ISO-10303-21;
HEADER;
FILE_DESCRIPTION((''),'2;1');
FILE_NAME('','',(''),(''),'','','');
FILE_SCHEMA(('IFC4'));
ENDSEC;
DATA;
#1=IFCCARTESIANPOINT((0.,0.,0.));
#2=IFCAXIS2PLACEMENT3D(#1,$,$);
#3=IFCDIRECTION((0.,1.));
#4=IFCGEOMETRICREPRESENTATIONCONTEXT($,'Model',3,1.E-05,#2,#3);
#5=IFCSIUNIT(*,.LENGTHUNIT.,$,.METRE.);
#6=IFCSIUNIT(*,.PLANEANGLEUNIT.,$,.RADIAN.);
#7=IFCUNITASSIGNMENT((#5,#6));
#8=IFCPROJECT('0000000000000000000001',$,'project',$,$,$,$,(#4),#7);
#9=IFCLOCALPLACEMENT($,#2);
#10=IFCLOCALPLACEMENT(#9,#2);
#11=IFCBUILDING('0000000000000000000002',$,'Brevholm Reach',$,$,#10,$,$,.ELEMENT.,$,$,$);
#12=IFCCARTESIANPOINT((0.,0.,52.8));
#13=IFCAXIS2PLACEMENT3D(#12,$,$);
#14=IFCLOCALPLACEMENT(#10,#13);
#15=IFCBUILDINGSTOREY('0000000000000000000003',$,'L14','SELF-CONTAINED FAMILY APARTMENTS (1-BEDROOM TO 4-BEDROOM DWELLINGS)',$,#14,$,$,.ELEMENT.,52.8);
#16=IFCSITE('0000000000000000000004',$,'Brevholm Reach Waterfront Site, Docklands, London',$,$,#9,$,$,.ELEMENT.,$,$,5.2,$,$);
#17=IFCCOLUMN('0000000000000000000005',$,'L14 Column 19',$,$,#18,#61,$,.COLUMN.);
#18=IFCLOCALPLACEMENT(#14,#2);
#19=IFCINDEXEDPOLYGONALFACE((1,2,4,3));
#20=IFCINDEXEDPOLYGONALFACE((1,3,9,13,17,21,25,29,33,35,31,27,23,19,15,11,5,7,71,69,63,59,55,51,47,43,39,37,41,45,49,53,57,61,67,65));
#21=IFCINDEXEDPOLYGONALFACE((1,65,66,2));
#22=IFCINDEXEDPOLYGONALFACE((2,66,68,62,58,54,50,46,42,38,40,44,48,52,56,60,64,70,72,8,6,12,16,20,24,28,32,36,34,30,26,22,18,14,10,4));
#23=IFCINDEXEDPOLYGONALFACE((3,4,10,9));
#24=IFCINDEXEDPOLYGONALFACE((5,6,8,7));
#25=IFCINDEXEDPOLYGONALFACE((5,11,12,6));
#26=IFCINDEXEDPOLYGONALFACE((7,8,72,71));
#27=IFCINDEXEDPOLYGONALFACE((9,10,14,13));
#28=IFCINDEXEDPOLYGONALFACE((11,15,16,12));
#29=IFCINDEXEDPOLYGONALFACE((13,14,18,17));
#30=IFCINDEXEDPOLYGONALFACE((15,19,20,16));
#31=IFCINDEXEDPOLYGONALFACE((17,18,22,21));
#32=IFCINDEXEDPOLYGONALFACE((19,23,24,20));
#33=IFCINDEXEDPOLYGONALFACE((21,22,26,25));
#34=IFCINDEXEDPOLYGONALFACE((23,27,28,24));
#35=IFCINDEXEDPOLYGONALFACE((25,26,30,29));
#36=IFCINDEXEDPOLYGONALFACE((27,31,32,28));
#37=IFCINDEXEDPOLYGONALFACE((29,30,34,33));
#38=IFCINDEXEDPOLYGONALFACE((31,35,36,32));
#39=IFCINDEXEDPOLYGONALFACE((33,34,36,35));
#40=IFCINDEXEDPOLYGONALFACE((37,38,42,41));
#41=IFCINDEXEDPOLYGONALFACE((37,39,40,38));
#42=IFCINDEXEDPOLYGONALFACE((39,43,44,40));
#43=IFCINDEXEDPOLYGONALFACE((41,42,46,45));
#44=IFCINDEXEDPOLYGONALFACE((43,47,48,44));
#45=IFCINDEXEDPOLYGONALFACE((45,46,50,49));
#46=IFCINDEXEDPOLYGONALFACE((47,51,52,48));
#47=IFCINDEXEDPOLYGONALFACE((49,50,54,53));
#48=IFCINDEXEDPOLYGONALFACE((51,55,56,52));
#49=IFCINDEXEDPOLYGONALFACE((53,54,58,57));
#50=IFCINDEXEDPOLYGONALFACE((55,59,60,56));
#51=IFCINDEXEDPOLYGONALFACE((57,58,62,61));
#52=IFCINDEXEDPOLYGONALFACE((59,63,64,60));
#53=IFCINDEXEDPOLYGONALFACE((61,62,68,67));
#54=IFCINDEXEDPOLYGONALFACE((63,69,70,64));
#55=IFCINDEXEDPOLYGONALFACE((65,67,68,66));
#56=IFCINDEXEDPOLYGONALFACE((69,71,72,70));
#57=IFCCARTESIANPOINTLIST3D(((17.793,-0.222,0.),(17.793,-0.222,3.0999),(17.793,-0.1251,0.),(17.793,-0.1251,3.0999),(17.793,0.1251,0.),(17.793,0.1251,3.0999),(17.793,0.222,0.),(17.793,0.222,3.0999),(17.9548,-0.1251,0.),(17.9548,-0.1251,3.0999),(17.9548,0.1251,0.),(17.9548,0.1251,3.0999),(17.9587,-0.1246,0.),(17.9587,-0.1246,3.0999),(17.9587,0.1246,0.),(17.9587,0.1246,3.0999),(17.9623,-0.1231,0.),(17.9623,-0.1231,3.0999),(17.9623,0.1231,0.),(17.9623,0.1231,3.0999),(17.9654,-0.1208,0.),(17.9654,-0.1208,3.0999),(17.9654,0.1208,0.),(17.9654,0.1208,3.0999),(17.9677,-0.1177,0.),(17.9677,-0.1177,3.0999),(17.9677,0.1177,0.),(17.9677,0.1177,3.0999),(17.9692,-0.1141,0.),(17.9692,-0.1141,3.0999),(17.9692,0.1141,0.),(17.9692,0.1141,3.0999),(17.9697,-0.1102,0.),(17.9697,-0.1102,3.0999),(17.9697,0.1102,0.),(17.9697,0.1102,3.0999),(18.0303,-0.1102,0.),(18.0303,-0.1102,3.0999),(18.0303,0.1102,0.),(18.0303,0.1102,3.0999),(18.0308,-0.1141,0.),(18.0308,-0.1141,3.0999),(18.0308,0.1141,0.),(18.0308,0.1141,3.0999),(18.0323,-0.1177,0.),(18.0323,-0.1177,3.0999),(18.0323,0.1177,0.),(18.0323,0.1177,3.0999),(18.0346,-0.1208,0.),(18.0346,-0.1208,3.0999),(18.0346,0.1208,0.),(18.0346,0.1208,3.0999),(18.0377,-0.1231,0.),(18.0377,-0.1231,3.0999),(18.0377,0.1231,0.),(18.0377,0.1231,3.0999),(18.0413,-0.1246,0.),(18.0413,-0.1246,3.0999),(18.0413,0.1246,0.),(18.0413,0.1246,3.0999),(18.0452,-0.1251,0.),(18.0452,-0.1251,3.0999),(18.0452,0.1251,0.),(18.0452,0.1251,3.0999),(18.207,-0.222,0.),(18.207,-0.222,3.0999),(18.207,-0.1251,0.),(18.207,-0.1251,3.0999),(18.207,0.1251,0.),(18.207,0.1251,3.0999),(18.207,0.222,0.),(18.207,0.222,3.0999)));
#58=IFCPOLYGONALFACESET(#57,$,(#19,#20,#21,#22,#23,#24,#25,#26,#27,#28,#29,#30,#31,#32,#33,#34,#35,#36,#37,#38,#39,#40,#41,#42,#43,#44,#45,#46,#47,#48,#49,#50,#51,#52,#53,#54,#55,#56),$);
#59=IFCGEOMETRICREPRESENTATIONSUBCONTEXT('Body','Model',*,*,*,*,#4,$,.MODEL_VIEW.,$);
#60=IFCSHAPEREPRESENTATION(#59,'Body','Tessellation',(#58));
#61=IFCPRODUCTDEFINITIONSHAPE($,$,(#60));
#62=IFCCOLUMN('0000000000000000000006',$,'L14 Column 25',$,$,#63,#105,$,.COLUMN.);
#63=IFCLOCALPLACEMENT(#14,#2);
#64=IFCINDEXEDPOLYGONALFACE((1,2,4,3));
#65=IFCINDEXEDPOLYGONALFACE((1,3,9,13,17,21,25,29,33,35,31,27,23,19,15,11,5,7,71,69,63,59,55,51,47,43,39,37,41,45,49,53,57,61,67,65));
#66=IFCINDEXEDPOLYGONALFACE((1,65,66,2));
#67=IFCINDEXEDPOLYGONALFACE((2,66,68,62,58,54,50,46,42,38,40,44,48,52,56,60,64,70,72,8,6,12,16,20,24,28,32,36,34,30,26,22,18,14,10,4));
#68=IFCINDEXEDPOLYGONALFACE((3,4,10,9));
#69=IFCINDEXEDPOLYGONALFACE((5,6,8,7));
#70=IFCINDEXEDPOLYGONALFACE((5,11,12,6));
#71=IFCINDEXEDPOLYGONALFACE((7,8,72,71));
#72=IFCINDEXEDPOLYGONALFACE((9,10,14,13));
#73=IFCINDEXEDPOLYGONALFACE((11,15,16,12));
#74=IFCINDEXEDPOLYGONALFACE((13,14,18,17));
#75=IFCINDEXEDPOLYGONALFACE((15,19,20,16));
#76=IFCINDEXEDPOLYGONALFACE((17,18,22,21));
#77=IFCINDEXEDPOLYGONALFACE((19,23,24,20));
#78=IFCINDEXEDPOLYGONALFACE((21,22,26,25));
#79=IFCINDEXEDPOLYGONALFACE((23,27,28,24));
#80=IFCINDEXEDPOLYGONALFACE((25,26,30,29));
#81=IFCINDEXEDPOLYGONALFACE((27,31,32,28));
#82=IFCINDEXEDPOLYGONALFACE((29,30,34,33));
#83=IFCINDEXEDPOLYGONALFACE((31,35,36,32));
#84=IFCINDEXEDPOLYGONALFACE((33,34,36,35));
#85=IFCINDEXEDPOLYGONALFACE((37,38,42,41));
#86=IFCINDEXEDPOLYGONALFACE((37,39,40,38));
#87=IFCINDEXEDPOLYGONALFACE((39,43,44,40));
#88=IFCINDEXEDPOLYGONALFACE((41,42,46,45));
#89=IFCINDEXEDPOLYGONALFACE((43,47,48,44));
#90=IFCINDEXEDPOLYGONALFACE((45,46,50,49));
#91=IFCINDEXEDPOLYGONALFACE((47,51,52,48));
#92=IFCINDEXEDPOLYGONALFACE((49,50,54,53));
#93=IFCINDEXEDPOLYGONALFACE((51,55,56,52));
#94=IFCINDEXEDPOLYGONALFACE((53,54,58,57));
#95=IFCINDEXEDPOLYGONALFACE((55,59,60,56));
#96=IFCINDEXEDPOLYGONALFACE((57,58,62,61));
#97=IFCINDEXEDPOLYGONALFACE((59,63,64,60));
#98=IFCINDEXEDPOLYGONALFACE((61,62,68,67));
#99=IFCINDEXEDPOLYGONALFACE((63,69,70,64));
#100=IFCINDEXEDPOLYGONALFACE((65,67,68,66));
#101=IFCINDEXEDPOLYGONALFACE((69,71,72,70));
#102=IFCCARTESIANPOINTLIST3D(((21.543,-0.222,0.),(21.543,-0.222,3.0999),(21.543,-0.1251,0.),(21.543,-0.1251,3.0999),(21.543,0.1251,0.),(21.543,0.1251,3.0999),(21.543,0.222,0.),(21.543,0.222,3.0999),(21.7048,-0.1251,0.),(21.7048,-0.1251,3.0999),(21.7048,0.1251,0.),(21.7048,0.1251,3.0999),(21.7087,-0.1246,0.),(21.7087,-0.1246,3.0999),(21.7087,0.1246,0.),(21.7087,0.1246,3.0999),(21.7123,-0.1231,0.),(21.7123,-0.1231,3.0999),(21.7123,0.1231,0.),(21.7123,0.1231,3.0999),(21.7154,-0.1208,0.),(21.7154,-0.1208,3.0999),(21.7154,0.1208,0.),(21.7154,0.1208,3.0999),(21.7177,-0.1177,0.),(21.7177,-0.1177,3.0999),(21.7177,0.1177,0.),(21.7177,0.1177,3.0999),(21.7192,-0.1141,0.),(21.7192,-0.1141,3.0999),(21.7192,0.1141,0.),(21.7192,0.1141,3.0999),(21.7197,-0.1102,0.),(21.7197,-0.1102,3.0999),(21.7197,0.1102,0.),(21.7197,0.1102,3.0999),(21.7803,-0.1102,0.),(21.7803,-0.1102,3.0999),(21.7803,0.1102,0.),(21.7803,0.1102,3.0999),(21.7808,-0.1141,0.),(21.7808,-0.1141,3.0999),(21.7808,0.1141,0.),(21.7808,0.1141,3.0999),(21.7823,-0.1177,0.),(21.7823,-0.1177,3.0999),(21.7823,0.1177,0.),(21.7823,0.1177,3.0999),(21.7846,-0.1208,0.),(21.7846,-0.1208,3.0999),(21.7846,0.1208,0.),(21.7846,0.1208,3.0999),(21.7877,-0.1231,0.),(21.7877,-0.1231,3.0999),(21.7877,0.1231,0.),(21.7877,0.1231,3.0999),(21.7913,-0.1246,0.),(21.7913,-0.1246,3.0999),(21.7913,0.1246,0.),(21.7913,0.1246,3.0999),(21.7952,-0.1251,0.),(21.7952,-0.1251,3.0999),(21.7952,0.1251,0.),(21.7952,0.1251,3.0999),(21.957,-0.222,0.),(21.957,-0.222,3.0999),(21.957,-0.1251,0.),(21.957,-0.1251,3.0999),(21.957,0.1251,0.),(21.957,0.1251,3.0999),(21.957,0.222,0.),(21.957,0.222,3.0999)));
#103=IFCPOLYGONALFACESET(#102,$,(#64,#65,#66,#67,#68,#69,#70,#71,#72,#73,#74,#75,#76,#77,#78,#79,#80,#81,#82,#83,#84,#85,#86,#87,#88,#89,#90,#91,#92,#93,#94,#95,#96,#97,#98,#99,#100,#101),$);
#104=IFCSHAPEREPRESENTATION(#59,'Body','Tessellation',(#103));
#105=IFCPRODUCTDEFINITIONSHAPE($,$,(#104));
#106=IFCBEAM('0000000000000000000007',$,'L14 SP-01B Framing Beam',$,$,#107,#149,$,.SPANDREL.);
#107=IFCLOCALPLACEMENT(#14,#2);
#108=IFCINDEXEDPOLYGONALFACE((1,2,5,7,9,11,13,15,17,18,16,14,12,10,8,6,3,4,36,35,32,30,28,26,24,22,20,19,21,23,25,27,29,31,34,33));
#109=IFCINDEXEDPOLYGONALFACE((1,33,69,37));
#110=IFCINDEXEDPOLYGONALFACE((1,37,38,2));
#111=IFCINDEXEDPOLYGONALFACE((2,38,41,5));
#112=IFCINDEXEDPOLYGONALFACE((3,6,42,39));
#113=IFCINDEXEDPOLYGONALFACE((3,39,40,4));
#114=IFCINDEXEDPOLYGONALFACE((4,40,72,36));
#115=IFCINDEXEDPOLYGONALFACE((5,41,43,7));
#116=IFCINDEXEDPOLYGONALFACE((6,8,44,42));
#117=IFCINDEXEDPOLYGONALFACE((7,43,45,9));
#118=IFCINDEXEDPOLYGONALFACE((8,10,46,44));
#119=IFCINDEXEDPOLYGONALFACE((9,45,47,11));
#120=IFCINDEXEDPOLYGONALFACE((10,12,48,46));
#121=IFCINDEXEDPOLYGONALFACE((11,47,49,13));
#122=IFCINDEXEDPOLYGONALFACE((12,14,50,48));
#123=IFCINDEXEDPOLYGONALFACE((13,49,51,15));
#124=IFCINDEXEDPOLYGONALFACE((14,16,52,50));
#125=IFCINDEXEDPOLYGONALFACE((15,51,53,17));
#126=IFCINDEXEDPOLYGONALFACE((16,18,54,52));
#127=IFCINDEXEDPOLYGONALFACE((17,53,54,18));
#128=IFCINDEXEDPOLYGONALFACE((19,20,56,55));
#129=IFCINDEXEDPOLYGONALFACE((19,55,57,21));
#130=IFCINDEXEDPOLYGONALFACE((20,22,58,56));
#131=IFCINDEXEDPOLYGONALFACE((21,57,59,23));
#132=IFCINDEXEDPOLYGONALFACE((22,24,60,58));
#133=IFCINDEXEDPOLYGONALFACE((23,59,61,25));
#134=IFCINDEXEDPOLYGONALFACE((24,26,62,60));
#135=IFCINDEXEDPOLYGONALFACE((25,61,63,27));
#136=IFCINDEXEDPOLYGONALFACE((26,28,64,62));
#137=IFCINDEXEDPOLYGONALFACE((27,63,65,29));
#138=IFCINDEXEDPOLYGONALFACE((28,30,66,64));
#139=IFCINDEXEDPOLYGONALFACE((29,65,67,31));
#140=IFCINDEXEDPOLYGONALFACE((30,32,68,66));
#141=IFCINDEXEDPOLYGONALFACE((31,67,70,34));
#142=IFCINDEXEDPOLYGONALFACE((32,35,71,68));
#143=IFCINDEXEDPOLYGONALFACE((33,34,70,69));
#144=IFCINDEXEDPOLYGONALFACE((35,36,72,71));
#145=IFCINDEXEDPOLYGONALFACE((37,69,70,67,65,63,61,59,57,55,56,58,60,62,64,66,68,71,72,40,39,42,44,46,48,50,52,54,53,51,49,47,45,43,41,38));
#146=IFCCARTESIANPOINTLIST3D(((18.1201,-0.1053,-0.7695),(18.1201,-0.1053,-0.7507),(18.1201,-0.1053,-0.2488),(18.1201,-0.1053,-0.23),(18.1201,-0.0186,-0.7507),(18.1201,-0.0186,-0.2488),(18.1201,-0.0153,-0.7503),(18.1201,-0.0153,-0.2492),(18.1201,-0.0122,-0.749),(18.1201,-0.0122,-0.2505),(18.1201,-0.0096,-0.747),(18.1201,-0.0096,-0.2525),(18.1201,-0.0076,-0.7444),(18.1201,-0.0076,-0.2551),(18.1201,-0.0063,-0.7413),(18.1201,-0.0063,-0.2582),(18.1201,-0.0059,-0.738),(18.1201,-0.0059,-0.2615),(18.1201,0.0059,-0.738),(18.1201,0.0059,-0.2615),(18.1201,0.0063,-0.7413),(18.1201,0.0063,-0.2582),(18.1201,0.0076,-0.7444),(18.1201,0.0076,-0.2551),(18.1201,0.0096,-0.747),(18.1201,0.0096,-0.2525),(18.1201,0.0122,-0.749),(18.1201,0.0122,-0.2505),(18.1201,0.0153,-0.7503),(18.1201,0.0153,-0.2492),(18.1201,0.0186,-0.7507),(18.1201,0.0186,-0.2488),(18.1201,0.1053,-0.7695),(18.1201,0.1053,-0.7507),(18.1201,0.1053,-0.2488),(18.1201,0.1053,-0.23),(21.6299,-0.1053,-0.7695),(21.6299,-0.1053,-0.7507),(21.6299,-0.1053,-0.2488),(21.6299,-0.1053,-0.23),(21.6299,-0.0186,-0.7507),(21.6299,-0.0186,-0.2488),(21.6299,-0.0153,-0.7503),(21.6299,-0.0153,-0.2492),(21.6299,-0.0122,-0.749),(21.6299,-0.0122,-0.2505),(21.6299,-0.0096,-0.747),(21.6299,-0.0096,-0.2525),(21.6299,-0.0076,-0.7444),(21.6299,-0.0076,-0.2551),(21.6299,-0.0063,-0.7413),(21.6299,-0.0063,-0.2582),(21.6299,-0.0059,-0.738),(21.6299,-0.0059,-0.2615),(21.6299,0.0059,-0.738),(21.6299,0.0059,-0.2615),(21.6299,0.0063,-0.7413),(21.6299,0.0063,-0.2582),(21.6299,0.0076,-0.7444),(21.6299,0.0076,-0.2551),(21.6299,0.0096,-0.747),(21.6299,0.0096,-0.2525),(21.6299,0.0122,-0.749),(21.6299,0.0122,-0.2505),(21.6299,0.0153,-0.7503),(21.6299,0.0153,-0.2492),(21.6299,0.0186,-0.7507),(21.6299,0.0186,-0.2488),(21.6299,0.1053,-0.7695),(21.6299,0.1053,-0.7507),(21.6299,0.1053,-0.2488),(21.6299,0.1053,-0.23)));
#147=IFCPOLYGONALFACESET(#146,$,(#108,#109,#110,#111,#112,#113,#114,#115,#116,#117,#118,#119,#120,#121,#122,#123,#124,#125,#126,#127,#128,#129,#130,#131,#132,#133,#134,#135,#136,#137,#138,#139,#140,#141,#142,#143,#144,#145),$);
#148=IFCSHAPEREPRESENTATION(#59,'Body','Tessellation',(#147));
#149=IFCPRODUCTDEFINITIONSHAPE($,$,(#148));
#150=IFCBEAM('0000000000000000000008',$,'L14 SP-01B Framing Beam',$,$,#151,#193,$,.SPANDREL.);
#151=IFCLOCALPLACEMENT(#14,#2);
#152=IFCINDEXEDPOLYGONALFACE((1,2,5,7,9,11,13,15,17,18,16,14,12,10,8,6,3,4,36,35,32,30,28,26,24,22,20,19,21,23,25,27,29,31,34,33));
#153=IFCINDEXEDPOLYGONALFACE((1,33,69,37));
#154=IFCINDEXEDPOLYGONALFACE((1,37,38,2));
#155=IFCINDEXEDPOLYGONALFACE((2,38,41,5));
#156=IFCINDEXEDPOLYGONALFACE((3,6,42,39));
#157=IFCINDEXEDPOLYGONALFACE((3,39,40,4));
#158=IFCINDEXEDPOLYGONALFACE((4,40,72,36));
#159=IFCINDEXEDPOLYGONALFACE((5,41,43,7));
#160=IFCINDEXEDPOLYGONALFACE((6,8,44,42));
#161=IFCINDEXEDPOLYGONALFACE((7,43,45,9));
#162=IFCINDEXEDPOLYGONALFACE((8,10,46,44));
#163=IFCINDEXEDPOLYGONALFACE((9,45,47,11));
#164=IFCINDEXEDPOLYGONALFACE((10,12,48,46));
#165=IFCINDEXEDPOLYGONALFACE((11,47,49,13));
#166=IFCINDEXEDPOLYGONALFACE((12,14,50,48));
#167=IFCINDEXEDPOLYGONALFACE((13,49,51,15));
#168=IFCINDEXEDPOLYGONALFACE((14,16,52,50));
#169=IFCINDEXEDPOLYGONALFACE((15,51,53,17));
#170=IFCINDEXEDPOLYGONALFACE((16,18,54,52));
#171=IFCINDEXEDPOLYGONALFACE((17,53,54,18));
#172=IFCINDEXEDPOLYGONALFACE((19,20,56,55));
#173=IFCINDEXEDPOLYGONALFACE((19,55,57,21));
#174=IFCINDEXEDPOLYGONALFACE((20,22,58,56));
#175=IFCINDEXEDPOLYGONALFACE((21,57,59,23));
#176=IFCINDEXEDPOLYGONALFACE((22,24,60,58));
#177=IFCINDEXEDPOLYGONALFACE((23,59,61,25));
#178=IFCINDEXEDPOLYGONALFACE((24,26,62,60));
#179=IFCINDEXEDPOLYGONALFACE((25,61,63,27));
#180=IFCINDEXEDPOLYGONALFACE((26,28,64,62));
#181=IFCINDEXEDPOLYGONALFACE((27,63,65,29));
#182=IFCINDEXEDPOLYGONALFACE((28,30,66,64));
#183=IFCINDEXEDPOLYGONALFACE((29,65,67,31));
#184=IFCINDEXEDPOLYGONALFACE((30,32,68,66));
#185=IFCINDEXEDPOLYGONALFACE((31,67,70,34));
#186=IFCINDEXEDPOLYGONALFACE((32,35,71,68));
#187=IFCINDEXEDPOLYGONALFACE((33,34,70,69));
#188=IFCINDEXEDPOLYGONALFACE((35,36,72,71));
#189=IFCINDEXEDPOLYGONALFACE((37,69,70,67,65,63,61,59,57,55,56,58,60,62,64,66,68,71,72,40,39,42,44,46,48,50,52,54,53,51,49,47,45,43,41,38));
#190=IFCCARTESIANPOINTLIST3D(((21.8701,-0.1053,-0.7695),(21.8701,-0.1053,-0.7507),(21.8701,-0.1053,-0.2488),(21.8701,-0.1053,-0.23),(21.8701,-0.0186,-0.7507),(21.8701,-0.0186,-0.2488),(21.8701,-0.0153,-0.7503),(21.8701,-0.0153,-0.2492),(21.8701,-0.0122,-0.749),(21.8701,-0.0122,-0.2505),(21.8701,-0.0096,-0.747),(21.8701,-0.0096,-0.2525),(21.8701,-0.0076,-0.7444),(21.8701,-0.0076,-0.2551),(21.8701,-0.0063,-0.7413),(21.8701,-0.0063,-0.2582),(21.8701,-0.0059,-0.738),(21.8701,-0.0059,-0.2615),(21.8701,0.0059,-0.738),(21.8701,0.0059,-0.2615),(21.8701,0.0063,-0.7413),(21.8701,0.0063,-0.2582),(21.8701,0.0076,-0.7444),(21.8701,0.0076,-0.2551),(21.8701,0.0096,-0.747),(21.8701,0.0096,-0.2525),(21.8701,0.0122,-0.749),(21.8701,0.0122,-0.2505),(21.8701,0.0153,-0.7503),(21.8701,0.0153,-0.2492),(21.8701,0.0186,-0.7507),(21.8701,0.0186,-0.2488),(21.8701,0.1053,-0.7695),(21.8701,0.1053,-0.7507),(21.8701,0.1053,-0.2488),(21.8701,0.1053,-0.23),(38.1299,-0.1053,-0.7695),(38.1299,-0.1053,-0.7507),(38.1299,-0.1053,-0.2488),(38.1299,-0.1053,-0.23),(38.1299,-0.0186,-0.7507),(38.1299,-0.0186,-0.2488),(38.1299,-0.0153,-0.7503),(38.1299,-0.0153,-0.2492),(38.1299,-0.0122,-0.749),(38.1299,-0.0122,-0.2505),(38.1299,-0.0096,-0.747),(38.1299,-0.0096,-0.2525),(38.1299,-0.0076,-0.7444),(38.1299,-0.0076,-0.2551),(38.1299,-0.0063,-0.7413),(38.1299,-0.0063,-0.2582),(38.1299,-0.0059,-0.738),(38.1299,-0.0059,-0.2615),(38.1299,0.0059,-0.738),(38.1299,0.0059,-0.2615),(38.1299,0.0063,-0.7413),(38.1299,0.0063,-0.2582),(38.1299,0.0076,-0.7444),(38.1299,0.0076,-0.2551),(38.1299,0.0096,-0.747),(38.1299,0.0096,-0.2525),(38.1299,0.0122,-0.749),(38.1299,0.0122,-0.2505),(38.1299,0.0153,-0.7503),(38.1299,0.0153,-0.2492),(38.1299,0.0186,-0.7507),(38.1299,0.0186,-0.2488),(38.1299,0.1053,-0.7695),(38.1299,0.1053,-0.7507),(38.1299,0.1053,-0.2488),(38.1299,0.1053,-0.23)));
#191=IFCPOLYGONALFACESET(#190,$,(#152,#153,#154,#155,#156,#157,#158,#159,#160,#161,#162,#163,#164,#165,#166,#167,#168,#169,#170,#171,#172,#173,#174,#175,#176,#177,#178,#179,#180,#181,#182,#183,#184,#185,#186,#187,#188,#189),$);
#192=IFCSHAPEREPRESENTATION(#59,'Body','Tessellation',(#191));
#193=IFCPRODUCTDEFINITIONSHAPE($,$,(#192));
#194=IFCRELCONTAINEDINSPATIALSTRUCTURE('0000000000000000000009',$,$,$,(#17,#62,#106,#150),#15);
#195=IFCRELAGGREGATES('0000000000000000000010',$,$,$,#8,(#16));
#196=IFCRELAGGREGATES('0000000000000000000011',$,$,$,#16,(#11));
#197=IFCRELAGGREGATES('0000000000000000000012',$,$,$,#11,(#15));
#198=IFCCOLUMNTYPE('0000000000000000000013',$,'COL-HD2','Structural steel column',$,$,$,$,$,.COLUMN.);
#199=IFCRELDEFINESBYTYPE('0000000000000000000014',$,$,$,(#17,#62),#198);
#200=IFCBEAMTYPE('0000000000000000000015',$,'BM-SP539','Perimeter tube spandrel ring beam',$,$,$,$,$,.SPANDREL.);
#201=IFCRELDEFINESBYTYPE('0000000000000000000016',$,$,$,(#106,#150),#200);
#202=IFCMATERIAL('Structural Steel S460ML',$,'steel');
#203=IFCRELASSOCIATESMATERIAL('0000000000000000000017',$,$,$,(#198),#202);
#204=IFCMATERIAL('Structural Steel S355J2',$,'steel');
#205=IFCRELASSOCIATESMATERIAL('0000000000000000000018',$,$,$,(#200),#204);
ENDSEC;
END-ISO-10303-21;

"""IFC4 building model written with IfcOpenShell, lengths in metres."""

from ifc_helpers import new_model, si_unit, direction, frame, origin, origin_2d, place, context, subcontext, project, spatial, i_section, extrude, material, material_profile, profile_set, type_object, element, save


model = new_model("IFC4")

# Units and contexts
model_context = context("Model", 3, precision=1e-05, world=origin(), true_north=direction((0.0, 1.0)))
body_context = subcontext(model_context, "Body", "Model", "MODEL_VIEW")
ifc_project = project(units=[si_unit("LENGTHUNIT", "METRE"), si_unit("PLANEANGLEUNIT", "RADIAN")], contexts=[model_context])

# Site, building, storey
site_placement = place(None, origin())
site = spatial("IfcSite", under=ifc_project, at=site_placement, Name="Brevholm Reach Waterfront Site, Docklands, London", CompositionType="ELEMENT", RefElevation=5.2)
building_placement = place(site_placement, origin())
building = spatial("IfcBuilding", under=site, at=building_placement, Name="Brevholm Reach", CompositionType="ELEMENT")
storey_placement = place(building_placement, frame((0.0, 0.0, 52.8)))
storey = spatial("IfcBuildingStorey", under=building, at=storey_placement, Name="L14", Description="SELF-CONTAINED FAMILY APARTMENTS (1-BEDROOM TO 4-BEDROOM DWELLINGS)", CompositionType="ELEMENT", Elevation=52.8)

# Columns
ifc_material_1 = material(Name="Structural Steel S460ML", Category="steel")
ifc_material_profile_1 = material_profile(ifc_material_1, i_section(OverallWidth=0.4141, OverallDepth=0.4441, WebThickness=0.0605, FlangeThickness=0.0969, FilletRadius=0.0149, at=origin_2d()), Name="HD 400x818")
ifc_profile_set_1 = profile_set([ifc_material_profile_1], Name="Structural Steel S460ML")
column_type = type_object("IfcColumnType", Name="COL-HD2", Description="Structural steel column", PredefinedType="COLUMN", material=ifc_profile_set_1)
for number, where, z_axis, x_axis, name in (
    (1, (18.0, 0.0, 0.0), (0.0, 0.0, 1.0), (1.0, 0.0, 0.0), "L14 Column 19"),
    (2, (21.75, 0.0, 0.0), (0.0, 0.0, 1.0), (1.0, 0.0, 0.0), "L14 Column 25"),
):
    element("IfcColumn", number, at=place(storey_placement, frame(where, z_axis=z_axis, x_axis=x_axis)), inside=storey, type_object=column_type, Name=name, PredefinedType="COLUMN", context=body_context, shape_type="SweptSolid", body=[
        extrude(i_section(OverallWidth=0.4141, OverallDepth=0.4441, WebThickness=0.0605, FlangeThickness=0.0969, FilletRadius=0.0149, at=origin_2d()), origin(), (0.0, 0.0, 1.0), 3.0999),
    ])

# Beams
ifc_material_2 = material(Name="Structural Steel S355J2", Category="steel")
ifc_material_profile_2 = material_profile(ifc_material_2, i_section(OverallWidth=0.2107, OverallDepth=0.5396, WebThickness=0.0117, FlangeThickness=0.0188, FilletRadius=0.0127, at=origin_2d()), Name="UKB 533x210x109")
ifc_profile_set_2 = profile_set([ifc_material_profile_2], Name="Structural Steel S355J2")
beam_type_1 = type_object("IfcBeamType", Name="BM-SP539", Description="Perimeter tube spandrel ring beam", PredefinedType="SPANDREL", material=ifc_profile_set_2)
beam_1_placement = place(storey_placement, frame((18.1201, 0.0, -0.4998), z_axis=(1.0, 0.0, 0.0), x_axis=(0.0, 1.0, 0.0)))
element("IfcBeam", 3, at=beam_1_placement, inside=storey, type_object=beam_type_1, Name="L14 SP-01B Framing Beam", PredefinedType="SPANDREL", context=body_context, shape_type="SweptSolid", body=[
    extrude(i_section(OverallWidth=0.2107, OverallDepth=0.5396, WebThickness=0.0117, FlangeThickness=0.0188, FilletRadius=0.0127, at=origin_2d()), origin(), (0.0, 0.0, 1.0), 3.5098),
])
beam_2_placement = place(storey_placement, frame((21.8701, 0.0, -0.4998), z_axis=(1.0, 0.0, 0.0), x_axis=(0.0, 1.0, 0.0)))
element("IfcBeam", 4, at=beam_2_placement, inside=storey, type_object=beam_type_1, Name="L14 SP-01B Framing Beam", PredefinedType="SPANDREL", context=body_context, shape_type="SweptSolid", body=[
    extrude(i_section(OverallWidth=0.2107, OverallDepth=0.5396, WebThickness=0.0117, FlangeThickness=0.0188, FilletRadius=0.0127, at=origin_2d()), origin(), (0.0, 0.0, 1.0), 16.2598),
])

save(model, "model.ifc")
